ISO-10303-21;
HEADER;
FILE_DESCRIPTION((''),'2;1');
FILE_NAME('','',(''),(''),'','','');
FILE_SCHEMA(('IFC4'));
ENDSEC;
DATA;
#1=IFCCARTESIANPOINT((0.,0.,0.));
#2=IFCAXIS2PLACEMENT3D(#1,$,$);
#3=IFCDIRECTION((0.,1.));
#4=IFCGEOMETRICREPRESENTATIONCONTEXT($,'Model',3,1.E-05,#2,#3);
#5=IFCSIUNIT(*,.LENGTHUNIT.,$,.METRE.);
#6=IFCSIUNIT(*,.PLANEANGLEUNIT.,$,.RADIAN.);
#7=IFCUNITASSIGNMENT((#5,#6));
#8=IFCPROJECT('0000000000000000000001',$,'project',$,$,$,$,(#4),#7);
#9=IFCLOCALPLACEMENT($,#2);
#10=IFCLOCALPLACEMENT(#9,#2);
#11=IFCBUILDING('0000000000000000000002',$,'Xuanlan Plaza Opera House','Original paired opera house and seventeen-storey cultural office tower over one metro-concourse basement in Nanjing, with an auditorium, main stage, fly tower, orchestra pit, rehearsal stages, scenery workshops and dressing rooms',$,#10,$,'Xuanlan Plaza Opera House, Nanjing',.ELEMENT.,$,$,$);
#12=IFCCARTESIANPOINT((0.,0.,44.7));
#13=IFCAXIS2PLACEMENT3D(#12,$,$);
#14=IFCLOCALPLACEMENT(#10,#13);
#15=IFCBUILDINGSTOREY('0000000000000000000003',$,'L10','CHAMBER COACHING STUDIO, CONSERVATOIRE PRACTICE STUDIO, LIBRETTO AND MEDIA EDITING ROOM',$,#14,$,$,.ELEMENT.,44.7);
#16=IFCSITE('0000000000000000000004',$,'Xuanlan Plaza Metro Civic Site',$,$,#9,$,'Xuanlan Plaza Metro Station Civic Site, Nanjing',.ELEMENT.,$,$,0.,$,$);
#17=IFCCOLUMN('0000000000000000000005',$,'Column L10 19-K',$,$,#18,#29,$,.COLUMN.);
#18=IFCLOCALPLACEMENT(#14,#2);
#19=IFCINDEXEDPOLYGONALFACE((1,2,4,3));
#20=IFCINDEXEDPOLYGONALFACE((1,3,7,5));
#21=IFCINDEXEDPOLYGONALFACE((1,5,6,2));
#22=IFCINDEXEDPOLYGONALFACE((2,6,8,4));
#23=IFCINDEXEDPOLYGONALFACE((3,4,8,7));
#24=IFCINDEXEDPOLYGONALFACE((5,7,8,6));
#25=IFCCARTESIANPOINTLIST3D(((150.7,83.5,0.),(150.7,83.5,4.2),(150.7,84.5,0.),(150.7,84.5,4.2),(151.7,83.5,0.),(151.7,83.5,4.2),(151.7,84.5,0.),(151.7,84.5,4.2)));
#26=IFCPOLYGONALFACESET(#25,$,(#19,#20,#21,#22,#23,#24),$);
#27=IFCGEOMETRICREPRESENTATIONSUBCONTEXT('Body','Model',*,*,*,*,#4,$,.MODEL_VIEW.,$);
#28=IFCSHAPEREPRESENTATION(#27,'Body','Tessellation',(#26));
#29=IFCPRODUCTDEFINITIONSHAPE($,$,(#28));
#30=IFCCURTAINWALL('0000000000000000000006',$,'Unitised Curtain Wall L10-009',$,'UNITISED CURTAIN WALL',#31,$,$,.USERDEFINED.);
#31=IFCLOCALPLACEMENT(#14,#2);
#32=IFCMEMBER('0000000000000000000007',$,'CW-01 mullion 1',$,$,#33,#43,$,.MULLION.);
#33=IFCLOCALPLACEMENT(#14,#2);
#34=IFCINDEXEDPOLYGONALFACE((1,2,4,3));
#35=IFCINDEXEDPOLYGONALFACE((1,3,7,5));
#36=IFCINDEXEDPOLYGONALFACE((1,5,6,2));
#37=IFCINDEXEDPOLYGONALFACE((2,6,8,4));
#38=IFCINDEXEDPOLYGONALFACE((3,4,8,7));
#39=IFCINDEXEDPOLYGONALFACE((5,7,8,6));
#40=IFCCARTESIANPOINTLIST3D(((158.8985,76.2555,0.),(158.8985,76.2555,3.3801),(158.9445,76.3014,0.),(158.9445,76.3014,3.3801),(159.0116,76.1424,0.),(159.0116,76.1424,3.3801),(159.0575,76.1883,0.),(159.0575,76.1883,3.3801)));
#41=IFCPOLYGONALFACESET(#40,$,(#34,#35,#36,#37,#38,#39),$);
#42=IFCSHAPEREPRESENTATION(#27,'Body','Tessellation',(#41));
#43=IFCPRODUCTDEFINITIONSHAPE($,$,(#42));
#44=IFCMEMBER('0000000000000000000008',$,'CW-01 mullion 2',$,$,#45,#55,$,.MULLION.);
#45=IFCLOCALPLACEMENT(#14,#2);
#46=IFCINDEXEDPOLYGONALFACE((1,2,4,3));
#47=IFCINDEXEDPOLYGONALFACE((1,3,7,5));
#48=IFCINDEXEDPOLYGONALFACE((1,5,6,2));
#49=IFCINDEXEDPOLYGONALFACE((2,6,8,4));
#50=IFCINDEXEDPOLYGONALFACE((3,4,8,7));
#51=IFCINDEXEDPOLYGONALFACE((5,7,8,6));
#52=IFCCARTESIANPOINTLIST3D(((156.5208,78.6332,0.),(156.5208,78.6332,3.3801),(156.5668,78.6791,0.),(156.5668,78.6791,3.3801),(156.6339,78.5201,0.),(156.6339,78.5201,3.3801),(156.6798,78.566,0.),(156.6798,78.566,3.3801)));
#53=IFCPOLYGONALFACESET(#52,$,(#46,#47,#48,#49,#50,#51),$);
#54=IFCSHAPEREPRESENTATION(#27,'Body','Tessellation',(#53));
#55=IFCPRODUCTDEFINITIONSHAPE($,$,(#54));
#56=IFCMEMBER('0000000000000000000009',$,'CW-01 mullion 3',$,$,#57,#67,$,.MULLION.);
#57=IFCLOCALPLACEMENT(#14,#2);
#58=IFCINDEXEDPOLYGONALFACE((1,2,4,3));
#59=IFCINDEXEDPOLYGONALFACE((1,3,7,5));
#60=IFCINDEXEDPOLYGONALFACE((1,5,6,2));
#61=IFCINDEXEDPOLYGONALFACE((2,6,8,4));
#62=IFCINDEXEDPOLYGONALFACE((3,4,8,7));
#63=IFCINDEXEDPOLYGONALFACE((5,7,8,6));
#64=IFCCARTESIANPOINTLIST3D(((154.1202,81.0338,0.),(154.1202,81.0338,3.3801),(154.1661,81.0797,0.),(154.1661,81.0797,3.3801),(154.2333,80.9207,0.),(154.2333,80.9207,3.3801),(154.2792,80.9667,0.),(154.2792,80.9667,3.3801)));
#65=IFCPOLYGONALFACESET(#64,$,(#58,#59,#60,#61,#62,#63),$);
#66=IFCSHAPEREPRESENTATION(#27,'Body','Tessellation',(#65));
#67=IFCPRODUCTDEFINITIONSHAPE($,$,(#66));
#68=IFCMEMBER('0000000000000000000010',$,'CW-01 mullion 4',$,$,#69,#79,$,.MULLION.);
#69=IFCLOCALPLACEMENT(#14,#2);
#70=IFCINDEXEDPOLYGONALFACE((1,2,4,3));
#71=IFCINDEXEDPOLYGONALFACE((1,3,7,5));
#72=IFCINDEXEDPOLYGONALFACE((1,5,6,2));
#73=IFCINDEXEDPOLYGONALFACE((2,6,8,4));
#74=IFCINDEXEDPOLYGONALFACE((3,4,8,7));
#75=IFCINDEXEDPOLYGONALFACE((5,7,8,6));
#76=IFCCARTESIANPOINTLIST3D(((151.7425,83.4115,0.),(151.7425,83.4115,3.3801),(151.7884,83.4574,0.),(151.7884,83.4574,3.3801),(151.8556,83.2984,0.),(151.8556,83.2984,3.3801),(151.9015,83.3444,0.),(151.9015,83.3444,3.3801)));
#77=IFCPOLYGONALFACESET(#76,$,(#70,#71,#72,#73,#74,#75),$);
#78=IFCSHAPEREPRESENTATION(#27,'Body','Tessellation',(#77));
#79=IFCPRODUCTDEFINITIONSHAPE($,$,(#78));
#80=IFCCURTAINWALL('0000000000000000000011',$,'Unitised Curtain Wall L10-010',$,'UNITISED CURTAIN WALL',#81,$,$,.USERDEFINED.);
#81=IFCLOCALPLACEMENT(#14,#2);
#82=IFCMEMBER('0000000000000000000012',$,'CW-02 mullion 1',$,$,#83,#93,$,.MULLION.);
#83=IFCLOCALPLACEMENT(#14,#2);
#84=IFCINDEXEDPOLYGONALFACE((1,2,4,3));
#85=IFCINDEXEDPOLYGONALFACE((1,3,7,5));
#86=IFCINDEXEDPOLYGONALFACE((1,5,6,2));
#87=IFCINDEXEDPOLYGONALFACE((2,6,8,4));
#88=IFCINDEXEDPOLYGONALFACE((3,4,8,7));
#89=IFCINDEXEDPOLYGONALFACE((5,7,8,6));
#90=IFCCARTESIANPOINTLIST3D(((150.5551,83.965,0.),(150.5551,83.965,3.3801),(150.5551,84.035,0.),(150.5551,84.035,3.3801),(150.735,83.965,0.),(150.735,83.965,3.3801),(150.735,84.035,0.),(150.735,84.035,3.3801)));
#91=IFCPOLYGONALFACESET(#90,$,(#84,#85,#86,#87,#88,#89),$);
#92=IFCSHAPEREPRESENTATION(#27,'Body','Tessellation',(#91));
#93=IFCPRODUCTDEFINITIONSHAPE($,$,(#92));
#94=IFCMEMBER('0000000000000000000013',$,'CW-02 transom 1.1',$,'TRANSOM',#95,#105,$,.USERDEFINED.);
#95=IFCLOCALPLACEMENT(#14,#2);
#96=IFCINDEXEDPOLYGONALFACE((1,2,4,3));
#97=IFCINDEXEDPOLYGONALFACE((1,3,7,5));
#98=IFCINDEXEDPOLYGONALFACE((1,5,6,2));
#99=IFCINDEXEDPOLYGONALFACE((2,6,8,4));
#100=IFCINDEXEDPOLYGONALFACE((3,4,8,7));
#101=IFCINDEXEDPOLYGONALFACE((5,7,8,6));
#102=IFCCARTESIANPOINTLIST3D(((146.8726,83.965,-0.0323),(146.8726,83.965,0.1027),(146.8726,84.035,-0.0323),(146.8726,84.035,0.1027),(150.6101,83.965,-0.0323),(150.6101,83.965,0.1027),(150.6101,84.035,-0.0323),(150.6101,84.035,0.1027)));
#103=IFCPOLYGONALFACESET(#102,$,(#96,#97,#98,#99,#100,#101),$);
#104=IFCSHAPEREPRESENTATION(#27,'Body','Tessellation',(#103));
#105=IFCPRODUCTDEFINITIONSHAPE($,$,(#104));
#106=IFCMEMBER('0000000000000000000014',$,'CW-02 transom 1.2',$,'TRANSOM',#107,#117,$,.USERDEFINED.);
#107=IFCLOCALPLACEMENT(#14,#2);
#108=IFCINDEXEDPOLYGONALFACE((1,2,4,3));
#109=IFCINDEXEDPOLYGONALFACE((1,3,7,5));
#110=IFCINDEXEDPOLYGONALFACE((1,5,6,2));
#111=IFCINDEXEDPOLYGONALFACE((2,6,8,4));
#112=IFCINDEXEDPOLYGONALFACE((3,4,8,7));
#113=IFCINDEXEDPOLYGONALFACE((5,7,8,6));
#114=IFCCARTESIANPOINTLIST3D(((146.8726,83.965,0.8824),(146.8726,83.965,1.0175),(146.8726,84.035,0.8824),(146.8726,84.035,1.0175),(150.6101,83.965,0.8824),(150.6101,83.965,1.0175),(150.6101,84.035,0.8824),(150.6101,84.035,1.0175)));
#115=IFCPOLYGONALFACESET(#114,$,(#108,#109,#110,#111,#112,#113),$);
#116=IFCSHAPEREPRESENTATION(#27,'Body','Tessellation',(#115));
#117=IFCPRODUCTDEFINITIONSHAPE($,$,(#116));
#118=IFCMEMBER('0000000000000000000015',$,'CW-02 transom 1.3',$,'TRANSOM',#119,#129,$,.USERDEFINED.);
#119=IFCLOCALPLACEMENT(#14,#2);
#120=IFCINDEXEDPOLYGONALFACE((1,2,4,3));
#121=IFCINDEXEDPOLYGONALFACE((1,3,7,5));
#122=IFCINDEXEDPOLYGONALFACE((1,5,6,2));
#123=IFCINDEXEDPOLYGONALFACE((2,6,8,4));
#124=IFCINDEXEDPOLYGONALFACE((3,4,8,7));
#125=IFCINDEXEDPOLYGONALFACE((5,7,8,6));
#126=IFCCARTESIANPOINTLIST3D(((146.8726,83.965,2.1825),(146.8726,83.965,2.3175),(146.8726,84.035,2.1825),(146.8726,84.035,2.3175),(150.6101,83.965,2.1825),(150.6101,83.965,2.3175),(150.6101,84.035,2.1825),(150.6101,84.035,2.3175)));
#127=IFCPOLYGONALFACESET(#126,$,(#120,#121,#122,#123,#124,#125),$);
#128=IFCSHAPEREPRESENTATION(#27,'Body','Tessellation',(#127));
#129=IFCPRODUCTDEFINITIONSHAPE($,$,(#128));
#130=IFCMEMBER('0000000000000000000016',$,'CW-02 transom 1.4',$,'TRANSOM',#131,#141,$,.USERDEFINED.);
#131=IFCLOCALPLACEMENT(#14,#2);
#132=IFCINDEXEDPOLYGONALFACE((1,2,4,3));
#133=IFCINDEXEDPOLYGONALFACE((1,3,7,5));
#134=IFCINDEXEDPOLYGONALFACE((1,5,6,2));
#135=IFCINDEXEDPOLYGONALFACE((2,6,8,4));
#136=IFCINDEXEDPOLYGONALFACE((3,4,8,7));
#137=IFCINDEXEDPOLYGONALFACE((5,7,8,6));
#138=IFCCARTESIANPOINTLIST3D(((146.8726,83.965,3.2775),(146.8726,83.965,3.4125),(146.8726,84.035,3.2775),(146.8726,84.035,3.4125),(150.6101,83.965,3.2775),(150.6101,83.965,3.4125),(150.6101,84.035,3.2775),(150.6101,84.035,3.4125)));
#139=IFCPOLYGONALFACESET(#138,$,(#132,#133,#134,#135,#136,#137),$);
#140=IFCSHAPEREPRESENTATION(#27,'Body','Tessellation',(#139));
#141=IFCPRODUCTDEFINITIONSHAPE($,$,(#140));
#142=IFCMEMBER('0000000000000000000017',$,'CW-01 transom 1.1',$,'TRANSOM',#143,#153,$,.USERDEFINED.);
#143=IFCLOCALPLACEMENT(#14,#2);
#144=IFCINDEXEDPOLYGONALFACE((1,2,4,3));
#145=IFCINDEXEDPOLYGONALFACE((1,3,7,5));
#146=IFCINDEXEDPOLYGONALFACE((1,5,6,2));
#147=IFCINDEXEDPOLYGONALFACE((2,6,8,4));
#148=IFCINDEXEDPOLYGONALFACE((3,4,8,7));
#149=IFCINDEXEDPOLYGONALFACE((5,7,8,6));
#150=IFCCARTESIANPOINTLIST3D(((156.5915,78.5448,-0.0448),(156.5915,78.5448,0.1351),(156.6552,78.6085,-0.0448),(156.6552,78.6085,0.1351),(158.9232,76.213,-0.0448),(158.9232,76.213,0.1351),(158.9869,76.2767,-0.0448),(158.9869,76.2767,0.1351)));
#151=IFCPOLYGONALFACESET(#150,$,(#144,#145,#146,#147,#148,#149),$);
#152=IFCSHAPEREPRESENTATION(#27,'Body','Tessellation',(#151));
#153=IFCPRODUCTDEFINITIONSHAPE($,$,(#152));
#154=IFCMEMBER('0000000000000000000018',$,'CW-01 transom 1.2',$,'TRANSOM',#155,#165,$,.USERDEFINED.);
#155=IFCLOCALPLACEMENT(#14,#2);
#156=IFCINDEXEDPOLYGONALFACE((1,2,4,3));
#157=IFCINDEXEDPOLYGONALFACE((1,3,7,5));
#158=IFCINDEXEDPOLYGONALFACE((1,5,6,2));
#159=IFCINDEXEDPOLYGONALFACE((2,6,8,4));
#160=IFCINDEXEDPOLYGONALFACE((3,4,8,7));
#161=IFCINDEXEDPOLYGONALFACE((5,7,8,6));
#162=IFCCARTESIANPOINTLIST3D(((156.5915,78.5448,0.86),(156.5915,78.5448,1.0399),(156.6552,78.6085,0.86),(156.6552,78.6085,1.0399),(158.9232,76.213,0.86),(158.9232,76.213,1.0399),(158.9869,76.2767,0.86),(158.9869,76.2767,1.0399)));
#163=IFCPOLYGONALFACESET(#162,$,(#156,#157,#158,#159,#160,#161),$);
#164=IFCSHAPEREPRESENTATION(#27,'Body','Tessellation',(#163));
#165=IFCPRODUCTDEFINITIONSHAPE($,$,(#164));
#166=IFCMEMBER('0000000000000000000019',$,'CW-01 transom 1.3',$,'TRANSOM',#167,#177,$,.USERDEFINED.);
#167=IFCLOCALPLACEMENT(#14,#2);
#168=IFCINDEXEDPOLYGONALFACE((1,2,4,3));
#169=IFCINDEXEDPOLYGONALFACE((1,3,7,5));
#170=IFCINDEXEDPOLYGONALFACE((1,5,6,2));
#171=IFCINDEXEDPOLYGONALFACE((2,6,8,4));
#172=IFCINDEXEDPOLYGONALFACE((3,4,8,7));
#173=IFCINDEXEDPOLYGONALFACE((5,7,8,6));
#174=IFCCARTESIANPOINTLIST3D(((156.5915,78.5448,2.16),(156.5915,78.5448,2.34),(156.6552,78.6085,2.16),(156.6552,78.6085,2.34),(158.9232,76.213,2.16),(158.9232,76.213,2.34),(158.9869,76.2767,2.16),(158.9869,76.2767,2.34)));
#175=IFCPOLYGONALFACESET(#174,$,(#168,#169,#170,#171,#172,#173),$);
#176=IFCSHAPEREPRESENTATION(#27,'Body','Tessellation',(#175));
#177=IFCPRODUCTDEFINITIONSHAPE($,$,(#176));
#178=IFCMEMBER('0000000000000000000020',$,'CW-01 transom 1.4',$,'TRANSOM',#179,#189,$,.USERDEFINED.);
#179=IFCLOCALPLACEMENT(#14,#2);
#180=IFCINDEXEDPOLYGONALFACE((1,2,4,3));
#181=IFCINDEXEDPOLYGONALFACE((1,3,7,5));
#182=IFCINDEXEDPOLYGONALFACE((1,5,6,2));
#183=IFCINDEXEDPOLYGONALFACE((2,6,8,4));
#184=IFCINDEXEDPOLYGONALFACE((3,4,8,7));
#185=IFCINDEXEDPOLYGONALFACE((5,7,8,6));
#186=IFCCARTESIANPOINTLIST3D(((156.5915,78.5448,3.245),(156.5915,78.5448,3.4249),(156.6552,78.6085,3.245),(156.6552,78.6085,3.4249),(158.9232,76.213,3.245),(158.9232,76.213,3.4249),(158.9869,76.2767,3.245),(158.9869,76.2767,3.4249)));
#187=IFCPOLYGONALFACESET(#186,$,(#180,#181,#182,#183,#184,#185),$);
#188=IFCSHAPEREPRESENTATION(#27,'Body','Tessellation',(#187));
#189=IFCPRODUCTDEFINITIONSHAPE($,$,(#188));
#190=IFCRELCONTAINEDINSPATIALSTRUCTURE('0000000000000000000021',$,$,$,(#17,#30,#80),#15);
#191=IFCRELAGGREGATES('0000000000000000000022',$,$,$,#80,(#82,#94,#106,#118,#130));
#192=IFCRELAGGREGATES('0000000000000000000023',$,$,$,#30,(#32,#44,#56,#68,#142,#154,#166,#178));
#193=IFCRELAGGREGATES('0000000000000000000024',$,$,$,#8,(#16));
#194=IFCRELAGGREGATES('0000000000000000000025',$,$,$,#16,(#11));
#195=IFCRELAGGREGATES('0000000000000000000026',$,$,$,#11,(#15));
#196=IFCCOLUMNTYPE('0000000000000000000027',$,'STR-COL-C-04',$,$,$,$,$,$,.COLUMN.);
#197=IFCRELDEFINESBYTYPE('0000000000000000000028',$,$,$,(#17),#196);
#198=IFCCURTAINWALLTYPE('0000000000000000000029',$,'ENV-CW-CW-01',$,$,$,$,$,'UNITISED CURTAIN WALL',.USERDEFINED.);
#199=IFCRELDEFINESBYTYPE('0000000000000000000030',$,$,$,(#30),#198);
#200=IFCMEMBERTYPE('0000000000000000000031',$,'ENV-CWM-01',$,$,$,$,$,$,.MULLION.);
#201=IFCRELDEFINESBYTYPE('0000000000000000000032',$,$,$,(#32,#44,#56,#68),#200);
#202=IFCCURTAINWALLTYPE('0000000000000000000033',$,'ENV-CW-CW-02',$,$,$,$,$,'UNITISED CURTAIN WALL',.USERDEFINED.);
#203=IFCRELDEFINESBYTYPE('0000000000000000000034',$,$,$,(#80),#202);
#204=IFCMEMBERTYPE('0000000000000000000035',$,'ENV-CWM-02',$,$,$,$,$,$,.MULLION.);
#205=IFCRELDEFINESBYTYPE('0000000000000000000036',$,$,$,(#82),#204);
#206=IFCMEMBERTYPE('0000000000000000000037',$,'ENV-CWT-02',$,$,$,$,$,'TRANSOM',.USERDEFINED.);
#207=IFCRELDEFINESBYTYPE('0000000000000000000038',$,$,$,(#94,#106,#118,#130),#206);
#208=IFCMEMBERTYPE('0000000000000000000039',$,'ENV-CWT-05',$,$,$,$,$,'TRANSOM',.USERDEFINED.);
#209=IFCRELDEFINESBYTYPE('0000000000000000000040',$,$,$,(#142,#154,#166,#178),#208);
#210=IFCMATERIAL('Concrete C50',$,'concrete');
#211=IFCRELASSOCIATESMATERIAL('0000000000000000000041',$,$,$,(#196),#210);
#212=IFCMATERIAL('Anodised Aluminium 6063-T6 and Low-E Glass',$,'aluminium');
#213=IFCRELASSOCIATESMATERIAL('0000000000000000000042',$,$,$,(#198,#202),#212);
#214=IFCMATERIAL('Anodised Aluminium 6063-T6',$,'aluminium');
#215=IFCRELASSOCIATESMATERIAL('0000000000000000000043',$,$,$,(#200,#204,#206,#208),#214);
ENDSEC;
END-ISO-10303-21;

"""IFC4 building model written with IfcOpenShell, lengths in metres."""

from ifc_helpers import new_model, si_unit, direction, frame, origin, origin_2d, place, context, subcontext, project, spatial, rectangle, extrude, material, material_profile, profile_set, type_object, element, aggregate, save


model = new_model("IFC4")

# Units and contexts
model_context = context("Model", 3, precision=1e-05, world=origin(), true_north=direction((0.0, 1.0)))
body_context = subcontext(model_context, "Body", "Model", "MODEL_VIEW")
ifc_project = project(units=[si_unit("LENGTHUNIT", "METRE"), si_unit("PLANEANGLEUNIT", "RADIAN")], contexts=[model_context])

# Site, building, storey
site_placement = place(None, origin())
site = spatial("IfcSite", under=ifc_project, at=site_placement, Name="Xuanlan Plaza Metro Civic Site", LongName="Xuanlan Plaza Metro Station Civic Site, Nanjing", CompositionType="ELEMENT", RefElevation=0.0)
building_placement = place(site_placement, origin())
building = spatial("IfcBuilding", under=site, at=building_placement, Name="Xuanlan Plaza Opera House", Description="Original paired opera house and seventeen-storey cultural office tower over one metro-concourse basement in Nanjing, with an auditorium, main stage, fly tower, orchestra pit, rehearsal stages, scenery workshops and dressing rooms", LongName="Xuanlan Plaza Opera House, Nanjing", CompositionType="ELEMENT")
storey_placement = place(building_placement, frame((0.0, 0.0, 44.7)))
storey = spatial("IfcBuildingStorey", under=building, at=storey_placement, Name="L10", Description="CHAMBER COACHING STUDIO, CONSERVATOIRE PRACTICE STUDIO, LIBRETTO AND MEDIA EDITING ROOM", CompositionType="ELEMENT", Elevation=44.7)

# Column
ifc_material_1 = material(Name="Concrete C50", Category="concrete")
ifc_material_profile_1 = material_profile(ifc_material_1, rectangle(XDim=1.0, YDim=1.0, at=origin_2d()), Name="RC-COL 1000x1000")
ifc_profile_set_1 = profile_set([ifc_material_profile_1], Name="Concrete C50")
column_type = type_object("IfcColumnType", Name="STR-COL-C-04", PredefinedType="COLUMN", material=ifc_profile_set_1)
column_placement = place(storey_placement, frame((151.2, 84.0, 0.0), z_axis=(0.0, 0.0, 1.0), x_axis=(1.0, 0.0, 0.0)))
element("IfcColumn", 1, at=column_placement, inside=storey, type_object=column_type, Name="Column L10 19-K", PredefinedType="COLUMN", context=body_context, shape_type="SweptSolid", body=[
    extrude(rectangle(XDim=1.0, YDim=1.0, at=origin_2d()), origin(), (0.0, 0.0, 1.0), 4.2),
])

# Curtain walls, members
ifc_material_2 = material(Name="Anodised Aluminium 6063-T6 and Low-E Glass", Category="aluminium")
curtain_wall_type_1 = type_object("IfcCurtainWallType", Name="ENV-CW-CW-01", ElementType="UNITISED CURTAIN WALL", PredefinedType="USERDEFINED", material=ifc_material_2)
curtain_wall_1_placement = place(storey_placement, origin())
curtain_wall_1 = element("IfcCurtainWall", 2, at=curtain_wall_1_placement, inside=storey, type_object=curtain_wall_type_1, Name="Unitised Curtain Wall L10-009", ObjectType="UNITISED CURTAIN WALL", PredefinedType="USERDEFINED")
ifc_material_3 = material(Name="Anodised Aluminium 6063-T6", Category="aluminium")
ifc_material_profile_2 = material_profile(ifc_material_3, rectangle(XDim=0.0649, YDim=0.1599, at=origin_2d()), Name="ALU-M 65x160")
ifc_profile_set_2 = profile_set([ifc_material_profile_2], Name="Anodised Aluminium 6063-T6")
member_type_1 = type_object("IfcMemberType", Name="ENV-CWM-01", PredefinedType="MULLION", material=ifc_profile_set_2)
member_1_placement = place(storey_placement, frame((158.978, 76.2219, 0.0), z_axis=(0.0, 0.0, 1.0), x_axis=(-0.707107, -0.707107, 0.0)))
member_1 = element("IfcMember", 3, at=member_1_placement, type_object=member_type_1, Name="CW-01 mullion 1", PredefinedType="MULLION", context=body_context, shape_type="SweptSolid", body=[
    extrude(rectangle(XDim=0.0649, YDim=0.1599, at=origin_2d()), origin(), (0.0, 0.0, 1.0), 3.3801),
])
member_2_placement = place(storey_placement, frame((156.6003, 78.5996, 0.0), z_axis=(0.0, 0.0, 1.0), x_axis=(-0.707107, -0.707107, 0.0)))
member_2 = element("IfcMember", 4, at=member_2_placement, type_object=member_type_1, Name="CW-01 mullion 2", PredefinedType="MULLION", context=body_context, shape_type="SweptSolid", body=[
    extrude(rectangle(XDim=0.0649, YDim=0.1599, at=origin_2d()), origin(), (0.0, 0.0, 1.0), 3.3801),
])
member_3_placement = place(storey_placement, frame((154.1997, 81.0002, 0.0), z_axis=(0.0, 0.0, 1.0), x_axis=(-0.707107, -0.707107, 0.0)))
member_3 = element("IfcMember", 5, at=member_3_placement, type_object=member_type_1, Name="CW-01 mullion 3", PredefinedType="MULLION", context=body_context, shape_type="SweptSolid", body=[
    extrude(rectangle(XDim=0.0649, YDim=0.1599, at=origin_2d()), origin(), (0.0, 0.0, 1.0), 3.3801),
])
member_4_placement = place(storey_placement, frame((151.822, 83.3779, 0.0), z_axis=(0.0, 0.0, 1.0), x_axis=(-0.707107, -0.707107, 0.0)))
member_4 = element("IfcMember", 6, at=member_4_placement, type_object=member_type_1, Name="CW-01 mullion 4", PredefinedType="MULLION", context=body_context, shape_type="SweptSolid", body=[
    extrude(rectangle(XDim=0.0649, YDim=0.1599, at=origin_2d()), origin(), (0.0, 0.0, 1.0), 3.3801),
])
curtain_wall_type_2 = type_object("IfcCurtainWallType", Name="ENV-CW-CW-02", ElementType="UNITISED CURTAIN WALL", PredefinedType="USERDEFINED", material=ifc_material_2)
curtain_wall_2_placement = place(storey_placement, origin())
curtain_wall_2 = element("IfcCurtainWall", 7, at=curtain_wall_2_placement, inside=storey, type_object=curtain_wall_type_2, Name="Unitised Curtain Wall L10-010", ObjectType="UNITISED CURTAIN WALL", PredefinedType="USERDEFINED")
ifc_material_profile_3 = material_profile(ifc_material_3, rectangle(XDim=0.0701, YDim=0.1799, at=origin_2d()), Name="ALU-M 70x180")
ifc_profile_set_3 = profile_set([ifc_material_profile_3], Name="Anodised Aluminium 6063-T6")
member_type_2 = type_object("IfcMemberType", Name="ENV-CWM-02", PredefinedType="MULLION", material=ifc_profile_set_3)
member_5_placement = place(storey_placement, frame((150.645, 84.0, 0.0), z_axis=(0.0, 0.0, 1.0), x_axis=(0.0, -1.0, 0.0)))
member_5 = element("IfcMember", 8, at=member_5_placement, type_object=member_type_2, Name="CW-02 mullion 1", PredefinedType="MULLION", context=body_context, shape_type="SweptSolid", body=[
    extrude(rectangle(XDim=0.0701, YDim=0.1799, at=origin_2d()), origin(), (0.0, 0.0, 1.0), 3.3801),
])
ifc_material_profile_4 = material_profile(ifc_material_3, rectangle(XDim=0.0701, YDim=0.135, at=origin_2d()), Name="ALU-T 70x135")
ifc_profile_set_4 = profile_set([ifc_material_profile_4], Name="Anodised Aluminium 6063-T6")
member_type_3 = type_object("IfcMemberType", Name="ENV-CWT-02", ElementType="TRANSOM", PredefinedType="USERDEFINED", material=ifc_profile_set_4)
member_6_placement = place(storey_placement, frame((150.6101, 84.0, 0.0352), z_axis=(-1.0, 0.0, 0.0), x_axis=(0.0, -1.0, 0.0)))
member_6 = element("IfcMember", 9, at=member_6_placement, type_object=member_type_3, Name="CW-02 transom 1.1", ObjectType="TRANSOM", PredefinedType="USERDEFINED", context=body_context, shape_type="SweptSolid", body=[
    extrude(rectangle(XDim=0.0701, YDim=0.135, at=origin_2d()), origin(), (0.0, 0.0, 1.0), 3.7375),
])
member_7_placement = place(storey_placement, frame((150.6101, 84.0, 0.95), z_axis=(-1.0, 0.0, 0.0), x_axis=(0.0, -1.0, 0.0)))
member_7 = element("IfcMember", 10, at=member_7_placement, type_object=member_type_3, Name="CW-02 transom 1.2", ObjectType="TRANSOM", PredefinedType="USERDEFINED", context=body_context, shape_type="SweptSolid", body=[
    extrude(rectangle(XDim=0.0701, YDim=0.135, at=origin_2d()), origin(), (0.0, 0.0, 1.0), 3.7375),
])
member_8_placement = place(storey_placement, frame((150.6101, 84.0, 2.25), z_axis=(-1.0, 0.0, 0.0), x_axis=(0.0, -1.0, 0.0)))
member_8 = element("IfcMember", 11, at=member_8_placement, type_object=member_type_3, Name="CW-02 transom 1.3", ObjectType="TRANSOM", PredefinedType="USERDEFINED", context=body_context, shape_type="SweptSolid", body=[
    extrude(rectangle(XDim=0.0701, YDim=0.135, at=origin_2d()), origin(), (0.0, 0.0, 1.0), 3.7375),
])
member_9_placement = place(storey_placement, frame((150.6101, 84.0, 3.345), z_axis=(-1.0, 0.0, 0.0), x_axis=(0.0, -1.0, 0.0)))
member_9 = element("IfcMember", 12, at=member_9_placement, type_object=member_type_3, Name="CW-02 transom 1.4", ObjectType="TRANSOM", PredefinedType="USERDEFINED", context=body_context, shape_type="SweptSolid", body=[
    extrude(rectangle(XDim=0.0701, YDim=0.135, at=origin_2d()), origin(), (0.0, 0.0, 1.0), 3.7375),
])
aggregate(curtain_wall_2, [member_5, member_6, member_7, member_8, member_9])

# Members
ifc_material_profile_5 = material_profile(ifc_material_3, rectangle(XDim=0.0901, YDim=0.1799, at=origin_2d()), Name="ALU-T 90x180")
ifc_profile_set_5 = profile_set([ifc_material_profile_5], Name="Anodised Aluminium 6063-T6")
member_type_4 = type_object("IfcMemberType", Name="ENV-CWT-05", ElementType="TRANSOM", PredefinedType="USERDEFINED", material=ifc_profile_set_5)
member_10_placement = place(storey_placement, frame((158.9551, 76.2449, 0.0452), z_axis=(-0.707107, 0.707107, 0.0), x_axis=(-0.707107, -0.707107, 0.0)))
member_10 = element("IfcMember", 13, at=member_10_placement, type_object=member_type_4, Name="CW-01 transom 1.1", ObjectType="TRANSOM", PredefinedType="USERDEFINED", context=body_context, shape_type="SweptSolid", body=[
    extrude(rectangle(XDim=0.0901, YDim=0.1799, at=origin_2d()), origin(), (0.0, 0.0, 1.0), 3.2976),
])
member_11_placement = place(storey_placement, frame((158.9551, 76.2449, 0.95), z_axis=(-0.707107, 0.707107, 0.0), x_axis=(-0.707107, -0.707107, 0.0)))
member_11 = element("IfcMember", 14, at=member_11_placement, type_object=member_type_4, Name="CW-01 transom 1.2", ObjectType="TRANSOM", PredefinedType="USERDEFINED", context=body_context, shape_type="SweptSolid", body=[
    extrude(rectangle(XDim=0.0901, YDim=0.1799, at=origin_2d()), origin(), (0.0, 0.0, 1.0), 3.2976),
])
member_12_placement = place(storey_placement, frame((158.9551, 76.2449, 2.25), z_axis=(-0.707107, 0.707107, 0.0), x_axis=(-0.707107, -0.707107, 0.0)))
member_12 = element("IfcMember", 15, at=member_12_placement, type_object=member_type_4, Name="CW-01 transom 1.3", ObjectType="TRANSOM", PredefinedType="USERDEFINED", context=body_context, shape_type="SweptSolid", body=[
    extrude(rectangle(XDim=0.0901, YDim=0.1799, at=origin_2d()), origin(), (0.0, 0.0, 1.0), 3.2976),
])
member_13_placement = place(storey_placement, frame((158.9551, 76.2449, 3.335), z_axis=(-0.707107, 0.707107, 0.0), x_axis=(-0.707107, -0.707107, 0.0)))
member_13 = element("IfcMember", 16, at=member_13_placement, type_object=member_type_4, Name="CW-01 transom 1.4", ObjectType="TRANSOM", PredefinedType="USERDEFINED", context=body_context, shape_type="SweptSolid", body=[
    extrude(rectangle(XDim=0.0901, YDim=0.1799, at=origin_2d()), origin(), (0.0, 0.0, 1.0), 3.2976),
])

aggregate(curtain_wall_1, [member_1, member_2, member_3, member_4, member_10, member_11, member_12, member_13])

save(model, "model.ifc")
